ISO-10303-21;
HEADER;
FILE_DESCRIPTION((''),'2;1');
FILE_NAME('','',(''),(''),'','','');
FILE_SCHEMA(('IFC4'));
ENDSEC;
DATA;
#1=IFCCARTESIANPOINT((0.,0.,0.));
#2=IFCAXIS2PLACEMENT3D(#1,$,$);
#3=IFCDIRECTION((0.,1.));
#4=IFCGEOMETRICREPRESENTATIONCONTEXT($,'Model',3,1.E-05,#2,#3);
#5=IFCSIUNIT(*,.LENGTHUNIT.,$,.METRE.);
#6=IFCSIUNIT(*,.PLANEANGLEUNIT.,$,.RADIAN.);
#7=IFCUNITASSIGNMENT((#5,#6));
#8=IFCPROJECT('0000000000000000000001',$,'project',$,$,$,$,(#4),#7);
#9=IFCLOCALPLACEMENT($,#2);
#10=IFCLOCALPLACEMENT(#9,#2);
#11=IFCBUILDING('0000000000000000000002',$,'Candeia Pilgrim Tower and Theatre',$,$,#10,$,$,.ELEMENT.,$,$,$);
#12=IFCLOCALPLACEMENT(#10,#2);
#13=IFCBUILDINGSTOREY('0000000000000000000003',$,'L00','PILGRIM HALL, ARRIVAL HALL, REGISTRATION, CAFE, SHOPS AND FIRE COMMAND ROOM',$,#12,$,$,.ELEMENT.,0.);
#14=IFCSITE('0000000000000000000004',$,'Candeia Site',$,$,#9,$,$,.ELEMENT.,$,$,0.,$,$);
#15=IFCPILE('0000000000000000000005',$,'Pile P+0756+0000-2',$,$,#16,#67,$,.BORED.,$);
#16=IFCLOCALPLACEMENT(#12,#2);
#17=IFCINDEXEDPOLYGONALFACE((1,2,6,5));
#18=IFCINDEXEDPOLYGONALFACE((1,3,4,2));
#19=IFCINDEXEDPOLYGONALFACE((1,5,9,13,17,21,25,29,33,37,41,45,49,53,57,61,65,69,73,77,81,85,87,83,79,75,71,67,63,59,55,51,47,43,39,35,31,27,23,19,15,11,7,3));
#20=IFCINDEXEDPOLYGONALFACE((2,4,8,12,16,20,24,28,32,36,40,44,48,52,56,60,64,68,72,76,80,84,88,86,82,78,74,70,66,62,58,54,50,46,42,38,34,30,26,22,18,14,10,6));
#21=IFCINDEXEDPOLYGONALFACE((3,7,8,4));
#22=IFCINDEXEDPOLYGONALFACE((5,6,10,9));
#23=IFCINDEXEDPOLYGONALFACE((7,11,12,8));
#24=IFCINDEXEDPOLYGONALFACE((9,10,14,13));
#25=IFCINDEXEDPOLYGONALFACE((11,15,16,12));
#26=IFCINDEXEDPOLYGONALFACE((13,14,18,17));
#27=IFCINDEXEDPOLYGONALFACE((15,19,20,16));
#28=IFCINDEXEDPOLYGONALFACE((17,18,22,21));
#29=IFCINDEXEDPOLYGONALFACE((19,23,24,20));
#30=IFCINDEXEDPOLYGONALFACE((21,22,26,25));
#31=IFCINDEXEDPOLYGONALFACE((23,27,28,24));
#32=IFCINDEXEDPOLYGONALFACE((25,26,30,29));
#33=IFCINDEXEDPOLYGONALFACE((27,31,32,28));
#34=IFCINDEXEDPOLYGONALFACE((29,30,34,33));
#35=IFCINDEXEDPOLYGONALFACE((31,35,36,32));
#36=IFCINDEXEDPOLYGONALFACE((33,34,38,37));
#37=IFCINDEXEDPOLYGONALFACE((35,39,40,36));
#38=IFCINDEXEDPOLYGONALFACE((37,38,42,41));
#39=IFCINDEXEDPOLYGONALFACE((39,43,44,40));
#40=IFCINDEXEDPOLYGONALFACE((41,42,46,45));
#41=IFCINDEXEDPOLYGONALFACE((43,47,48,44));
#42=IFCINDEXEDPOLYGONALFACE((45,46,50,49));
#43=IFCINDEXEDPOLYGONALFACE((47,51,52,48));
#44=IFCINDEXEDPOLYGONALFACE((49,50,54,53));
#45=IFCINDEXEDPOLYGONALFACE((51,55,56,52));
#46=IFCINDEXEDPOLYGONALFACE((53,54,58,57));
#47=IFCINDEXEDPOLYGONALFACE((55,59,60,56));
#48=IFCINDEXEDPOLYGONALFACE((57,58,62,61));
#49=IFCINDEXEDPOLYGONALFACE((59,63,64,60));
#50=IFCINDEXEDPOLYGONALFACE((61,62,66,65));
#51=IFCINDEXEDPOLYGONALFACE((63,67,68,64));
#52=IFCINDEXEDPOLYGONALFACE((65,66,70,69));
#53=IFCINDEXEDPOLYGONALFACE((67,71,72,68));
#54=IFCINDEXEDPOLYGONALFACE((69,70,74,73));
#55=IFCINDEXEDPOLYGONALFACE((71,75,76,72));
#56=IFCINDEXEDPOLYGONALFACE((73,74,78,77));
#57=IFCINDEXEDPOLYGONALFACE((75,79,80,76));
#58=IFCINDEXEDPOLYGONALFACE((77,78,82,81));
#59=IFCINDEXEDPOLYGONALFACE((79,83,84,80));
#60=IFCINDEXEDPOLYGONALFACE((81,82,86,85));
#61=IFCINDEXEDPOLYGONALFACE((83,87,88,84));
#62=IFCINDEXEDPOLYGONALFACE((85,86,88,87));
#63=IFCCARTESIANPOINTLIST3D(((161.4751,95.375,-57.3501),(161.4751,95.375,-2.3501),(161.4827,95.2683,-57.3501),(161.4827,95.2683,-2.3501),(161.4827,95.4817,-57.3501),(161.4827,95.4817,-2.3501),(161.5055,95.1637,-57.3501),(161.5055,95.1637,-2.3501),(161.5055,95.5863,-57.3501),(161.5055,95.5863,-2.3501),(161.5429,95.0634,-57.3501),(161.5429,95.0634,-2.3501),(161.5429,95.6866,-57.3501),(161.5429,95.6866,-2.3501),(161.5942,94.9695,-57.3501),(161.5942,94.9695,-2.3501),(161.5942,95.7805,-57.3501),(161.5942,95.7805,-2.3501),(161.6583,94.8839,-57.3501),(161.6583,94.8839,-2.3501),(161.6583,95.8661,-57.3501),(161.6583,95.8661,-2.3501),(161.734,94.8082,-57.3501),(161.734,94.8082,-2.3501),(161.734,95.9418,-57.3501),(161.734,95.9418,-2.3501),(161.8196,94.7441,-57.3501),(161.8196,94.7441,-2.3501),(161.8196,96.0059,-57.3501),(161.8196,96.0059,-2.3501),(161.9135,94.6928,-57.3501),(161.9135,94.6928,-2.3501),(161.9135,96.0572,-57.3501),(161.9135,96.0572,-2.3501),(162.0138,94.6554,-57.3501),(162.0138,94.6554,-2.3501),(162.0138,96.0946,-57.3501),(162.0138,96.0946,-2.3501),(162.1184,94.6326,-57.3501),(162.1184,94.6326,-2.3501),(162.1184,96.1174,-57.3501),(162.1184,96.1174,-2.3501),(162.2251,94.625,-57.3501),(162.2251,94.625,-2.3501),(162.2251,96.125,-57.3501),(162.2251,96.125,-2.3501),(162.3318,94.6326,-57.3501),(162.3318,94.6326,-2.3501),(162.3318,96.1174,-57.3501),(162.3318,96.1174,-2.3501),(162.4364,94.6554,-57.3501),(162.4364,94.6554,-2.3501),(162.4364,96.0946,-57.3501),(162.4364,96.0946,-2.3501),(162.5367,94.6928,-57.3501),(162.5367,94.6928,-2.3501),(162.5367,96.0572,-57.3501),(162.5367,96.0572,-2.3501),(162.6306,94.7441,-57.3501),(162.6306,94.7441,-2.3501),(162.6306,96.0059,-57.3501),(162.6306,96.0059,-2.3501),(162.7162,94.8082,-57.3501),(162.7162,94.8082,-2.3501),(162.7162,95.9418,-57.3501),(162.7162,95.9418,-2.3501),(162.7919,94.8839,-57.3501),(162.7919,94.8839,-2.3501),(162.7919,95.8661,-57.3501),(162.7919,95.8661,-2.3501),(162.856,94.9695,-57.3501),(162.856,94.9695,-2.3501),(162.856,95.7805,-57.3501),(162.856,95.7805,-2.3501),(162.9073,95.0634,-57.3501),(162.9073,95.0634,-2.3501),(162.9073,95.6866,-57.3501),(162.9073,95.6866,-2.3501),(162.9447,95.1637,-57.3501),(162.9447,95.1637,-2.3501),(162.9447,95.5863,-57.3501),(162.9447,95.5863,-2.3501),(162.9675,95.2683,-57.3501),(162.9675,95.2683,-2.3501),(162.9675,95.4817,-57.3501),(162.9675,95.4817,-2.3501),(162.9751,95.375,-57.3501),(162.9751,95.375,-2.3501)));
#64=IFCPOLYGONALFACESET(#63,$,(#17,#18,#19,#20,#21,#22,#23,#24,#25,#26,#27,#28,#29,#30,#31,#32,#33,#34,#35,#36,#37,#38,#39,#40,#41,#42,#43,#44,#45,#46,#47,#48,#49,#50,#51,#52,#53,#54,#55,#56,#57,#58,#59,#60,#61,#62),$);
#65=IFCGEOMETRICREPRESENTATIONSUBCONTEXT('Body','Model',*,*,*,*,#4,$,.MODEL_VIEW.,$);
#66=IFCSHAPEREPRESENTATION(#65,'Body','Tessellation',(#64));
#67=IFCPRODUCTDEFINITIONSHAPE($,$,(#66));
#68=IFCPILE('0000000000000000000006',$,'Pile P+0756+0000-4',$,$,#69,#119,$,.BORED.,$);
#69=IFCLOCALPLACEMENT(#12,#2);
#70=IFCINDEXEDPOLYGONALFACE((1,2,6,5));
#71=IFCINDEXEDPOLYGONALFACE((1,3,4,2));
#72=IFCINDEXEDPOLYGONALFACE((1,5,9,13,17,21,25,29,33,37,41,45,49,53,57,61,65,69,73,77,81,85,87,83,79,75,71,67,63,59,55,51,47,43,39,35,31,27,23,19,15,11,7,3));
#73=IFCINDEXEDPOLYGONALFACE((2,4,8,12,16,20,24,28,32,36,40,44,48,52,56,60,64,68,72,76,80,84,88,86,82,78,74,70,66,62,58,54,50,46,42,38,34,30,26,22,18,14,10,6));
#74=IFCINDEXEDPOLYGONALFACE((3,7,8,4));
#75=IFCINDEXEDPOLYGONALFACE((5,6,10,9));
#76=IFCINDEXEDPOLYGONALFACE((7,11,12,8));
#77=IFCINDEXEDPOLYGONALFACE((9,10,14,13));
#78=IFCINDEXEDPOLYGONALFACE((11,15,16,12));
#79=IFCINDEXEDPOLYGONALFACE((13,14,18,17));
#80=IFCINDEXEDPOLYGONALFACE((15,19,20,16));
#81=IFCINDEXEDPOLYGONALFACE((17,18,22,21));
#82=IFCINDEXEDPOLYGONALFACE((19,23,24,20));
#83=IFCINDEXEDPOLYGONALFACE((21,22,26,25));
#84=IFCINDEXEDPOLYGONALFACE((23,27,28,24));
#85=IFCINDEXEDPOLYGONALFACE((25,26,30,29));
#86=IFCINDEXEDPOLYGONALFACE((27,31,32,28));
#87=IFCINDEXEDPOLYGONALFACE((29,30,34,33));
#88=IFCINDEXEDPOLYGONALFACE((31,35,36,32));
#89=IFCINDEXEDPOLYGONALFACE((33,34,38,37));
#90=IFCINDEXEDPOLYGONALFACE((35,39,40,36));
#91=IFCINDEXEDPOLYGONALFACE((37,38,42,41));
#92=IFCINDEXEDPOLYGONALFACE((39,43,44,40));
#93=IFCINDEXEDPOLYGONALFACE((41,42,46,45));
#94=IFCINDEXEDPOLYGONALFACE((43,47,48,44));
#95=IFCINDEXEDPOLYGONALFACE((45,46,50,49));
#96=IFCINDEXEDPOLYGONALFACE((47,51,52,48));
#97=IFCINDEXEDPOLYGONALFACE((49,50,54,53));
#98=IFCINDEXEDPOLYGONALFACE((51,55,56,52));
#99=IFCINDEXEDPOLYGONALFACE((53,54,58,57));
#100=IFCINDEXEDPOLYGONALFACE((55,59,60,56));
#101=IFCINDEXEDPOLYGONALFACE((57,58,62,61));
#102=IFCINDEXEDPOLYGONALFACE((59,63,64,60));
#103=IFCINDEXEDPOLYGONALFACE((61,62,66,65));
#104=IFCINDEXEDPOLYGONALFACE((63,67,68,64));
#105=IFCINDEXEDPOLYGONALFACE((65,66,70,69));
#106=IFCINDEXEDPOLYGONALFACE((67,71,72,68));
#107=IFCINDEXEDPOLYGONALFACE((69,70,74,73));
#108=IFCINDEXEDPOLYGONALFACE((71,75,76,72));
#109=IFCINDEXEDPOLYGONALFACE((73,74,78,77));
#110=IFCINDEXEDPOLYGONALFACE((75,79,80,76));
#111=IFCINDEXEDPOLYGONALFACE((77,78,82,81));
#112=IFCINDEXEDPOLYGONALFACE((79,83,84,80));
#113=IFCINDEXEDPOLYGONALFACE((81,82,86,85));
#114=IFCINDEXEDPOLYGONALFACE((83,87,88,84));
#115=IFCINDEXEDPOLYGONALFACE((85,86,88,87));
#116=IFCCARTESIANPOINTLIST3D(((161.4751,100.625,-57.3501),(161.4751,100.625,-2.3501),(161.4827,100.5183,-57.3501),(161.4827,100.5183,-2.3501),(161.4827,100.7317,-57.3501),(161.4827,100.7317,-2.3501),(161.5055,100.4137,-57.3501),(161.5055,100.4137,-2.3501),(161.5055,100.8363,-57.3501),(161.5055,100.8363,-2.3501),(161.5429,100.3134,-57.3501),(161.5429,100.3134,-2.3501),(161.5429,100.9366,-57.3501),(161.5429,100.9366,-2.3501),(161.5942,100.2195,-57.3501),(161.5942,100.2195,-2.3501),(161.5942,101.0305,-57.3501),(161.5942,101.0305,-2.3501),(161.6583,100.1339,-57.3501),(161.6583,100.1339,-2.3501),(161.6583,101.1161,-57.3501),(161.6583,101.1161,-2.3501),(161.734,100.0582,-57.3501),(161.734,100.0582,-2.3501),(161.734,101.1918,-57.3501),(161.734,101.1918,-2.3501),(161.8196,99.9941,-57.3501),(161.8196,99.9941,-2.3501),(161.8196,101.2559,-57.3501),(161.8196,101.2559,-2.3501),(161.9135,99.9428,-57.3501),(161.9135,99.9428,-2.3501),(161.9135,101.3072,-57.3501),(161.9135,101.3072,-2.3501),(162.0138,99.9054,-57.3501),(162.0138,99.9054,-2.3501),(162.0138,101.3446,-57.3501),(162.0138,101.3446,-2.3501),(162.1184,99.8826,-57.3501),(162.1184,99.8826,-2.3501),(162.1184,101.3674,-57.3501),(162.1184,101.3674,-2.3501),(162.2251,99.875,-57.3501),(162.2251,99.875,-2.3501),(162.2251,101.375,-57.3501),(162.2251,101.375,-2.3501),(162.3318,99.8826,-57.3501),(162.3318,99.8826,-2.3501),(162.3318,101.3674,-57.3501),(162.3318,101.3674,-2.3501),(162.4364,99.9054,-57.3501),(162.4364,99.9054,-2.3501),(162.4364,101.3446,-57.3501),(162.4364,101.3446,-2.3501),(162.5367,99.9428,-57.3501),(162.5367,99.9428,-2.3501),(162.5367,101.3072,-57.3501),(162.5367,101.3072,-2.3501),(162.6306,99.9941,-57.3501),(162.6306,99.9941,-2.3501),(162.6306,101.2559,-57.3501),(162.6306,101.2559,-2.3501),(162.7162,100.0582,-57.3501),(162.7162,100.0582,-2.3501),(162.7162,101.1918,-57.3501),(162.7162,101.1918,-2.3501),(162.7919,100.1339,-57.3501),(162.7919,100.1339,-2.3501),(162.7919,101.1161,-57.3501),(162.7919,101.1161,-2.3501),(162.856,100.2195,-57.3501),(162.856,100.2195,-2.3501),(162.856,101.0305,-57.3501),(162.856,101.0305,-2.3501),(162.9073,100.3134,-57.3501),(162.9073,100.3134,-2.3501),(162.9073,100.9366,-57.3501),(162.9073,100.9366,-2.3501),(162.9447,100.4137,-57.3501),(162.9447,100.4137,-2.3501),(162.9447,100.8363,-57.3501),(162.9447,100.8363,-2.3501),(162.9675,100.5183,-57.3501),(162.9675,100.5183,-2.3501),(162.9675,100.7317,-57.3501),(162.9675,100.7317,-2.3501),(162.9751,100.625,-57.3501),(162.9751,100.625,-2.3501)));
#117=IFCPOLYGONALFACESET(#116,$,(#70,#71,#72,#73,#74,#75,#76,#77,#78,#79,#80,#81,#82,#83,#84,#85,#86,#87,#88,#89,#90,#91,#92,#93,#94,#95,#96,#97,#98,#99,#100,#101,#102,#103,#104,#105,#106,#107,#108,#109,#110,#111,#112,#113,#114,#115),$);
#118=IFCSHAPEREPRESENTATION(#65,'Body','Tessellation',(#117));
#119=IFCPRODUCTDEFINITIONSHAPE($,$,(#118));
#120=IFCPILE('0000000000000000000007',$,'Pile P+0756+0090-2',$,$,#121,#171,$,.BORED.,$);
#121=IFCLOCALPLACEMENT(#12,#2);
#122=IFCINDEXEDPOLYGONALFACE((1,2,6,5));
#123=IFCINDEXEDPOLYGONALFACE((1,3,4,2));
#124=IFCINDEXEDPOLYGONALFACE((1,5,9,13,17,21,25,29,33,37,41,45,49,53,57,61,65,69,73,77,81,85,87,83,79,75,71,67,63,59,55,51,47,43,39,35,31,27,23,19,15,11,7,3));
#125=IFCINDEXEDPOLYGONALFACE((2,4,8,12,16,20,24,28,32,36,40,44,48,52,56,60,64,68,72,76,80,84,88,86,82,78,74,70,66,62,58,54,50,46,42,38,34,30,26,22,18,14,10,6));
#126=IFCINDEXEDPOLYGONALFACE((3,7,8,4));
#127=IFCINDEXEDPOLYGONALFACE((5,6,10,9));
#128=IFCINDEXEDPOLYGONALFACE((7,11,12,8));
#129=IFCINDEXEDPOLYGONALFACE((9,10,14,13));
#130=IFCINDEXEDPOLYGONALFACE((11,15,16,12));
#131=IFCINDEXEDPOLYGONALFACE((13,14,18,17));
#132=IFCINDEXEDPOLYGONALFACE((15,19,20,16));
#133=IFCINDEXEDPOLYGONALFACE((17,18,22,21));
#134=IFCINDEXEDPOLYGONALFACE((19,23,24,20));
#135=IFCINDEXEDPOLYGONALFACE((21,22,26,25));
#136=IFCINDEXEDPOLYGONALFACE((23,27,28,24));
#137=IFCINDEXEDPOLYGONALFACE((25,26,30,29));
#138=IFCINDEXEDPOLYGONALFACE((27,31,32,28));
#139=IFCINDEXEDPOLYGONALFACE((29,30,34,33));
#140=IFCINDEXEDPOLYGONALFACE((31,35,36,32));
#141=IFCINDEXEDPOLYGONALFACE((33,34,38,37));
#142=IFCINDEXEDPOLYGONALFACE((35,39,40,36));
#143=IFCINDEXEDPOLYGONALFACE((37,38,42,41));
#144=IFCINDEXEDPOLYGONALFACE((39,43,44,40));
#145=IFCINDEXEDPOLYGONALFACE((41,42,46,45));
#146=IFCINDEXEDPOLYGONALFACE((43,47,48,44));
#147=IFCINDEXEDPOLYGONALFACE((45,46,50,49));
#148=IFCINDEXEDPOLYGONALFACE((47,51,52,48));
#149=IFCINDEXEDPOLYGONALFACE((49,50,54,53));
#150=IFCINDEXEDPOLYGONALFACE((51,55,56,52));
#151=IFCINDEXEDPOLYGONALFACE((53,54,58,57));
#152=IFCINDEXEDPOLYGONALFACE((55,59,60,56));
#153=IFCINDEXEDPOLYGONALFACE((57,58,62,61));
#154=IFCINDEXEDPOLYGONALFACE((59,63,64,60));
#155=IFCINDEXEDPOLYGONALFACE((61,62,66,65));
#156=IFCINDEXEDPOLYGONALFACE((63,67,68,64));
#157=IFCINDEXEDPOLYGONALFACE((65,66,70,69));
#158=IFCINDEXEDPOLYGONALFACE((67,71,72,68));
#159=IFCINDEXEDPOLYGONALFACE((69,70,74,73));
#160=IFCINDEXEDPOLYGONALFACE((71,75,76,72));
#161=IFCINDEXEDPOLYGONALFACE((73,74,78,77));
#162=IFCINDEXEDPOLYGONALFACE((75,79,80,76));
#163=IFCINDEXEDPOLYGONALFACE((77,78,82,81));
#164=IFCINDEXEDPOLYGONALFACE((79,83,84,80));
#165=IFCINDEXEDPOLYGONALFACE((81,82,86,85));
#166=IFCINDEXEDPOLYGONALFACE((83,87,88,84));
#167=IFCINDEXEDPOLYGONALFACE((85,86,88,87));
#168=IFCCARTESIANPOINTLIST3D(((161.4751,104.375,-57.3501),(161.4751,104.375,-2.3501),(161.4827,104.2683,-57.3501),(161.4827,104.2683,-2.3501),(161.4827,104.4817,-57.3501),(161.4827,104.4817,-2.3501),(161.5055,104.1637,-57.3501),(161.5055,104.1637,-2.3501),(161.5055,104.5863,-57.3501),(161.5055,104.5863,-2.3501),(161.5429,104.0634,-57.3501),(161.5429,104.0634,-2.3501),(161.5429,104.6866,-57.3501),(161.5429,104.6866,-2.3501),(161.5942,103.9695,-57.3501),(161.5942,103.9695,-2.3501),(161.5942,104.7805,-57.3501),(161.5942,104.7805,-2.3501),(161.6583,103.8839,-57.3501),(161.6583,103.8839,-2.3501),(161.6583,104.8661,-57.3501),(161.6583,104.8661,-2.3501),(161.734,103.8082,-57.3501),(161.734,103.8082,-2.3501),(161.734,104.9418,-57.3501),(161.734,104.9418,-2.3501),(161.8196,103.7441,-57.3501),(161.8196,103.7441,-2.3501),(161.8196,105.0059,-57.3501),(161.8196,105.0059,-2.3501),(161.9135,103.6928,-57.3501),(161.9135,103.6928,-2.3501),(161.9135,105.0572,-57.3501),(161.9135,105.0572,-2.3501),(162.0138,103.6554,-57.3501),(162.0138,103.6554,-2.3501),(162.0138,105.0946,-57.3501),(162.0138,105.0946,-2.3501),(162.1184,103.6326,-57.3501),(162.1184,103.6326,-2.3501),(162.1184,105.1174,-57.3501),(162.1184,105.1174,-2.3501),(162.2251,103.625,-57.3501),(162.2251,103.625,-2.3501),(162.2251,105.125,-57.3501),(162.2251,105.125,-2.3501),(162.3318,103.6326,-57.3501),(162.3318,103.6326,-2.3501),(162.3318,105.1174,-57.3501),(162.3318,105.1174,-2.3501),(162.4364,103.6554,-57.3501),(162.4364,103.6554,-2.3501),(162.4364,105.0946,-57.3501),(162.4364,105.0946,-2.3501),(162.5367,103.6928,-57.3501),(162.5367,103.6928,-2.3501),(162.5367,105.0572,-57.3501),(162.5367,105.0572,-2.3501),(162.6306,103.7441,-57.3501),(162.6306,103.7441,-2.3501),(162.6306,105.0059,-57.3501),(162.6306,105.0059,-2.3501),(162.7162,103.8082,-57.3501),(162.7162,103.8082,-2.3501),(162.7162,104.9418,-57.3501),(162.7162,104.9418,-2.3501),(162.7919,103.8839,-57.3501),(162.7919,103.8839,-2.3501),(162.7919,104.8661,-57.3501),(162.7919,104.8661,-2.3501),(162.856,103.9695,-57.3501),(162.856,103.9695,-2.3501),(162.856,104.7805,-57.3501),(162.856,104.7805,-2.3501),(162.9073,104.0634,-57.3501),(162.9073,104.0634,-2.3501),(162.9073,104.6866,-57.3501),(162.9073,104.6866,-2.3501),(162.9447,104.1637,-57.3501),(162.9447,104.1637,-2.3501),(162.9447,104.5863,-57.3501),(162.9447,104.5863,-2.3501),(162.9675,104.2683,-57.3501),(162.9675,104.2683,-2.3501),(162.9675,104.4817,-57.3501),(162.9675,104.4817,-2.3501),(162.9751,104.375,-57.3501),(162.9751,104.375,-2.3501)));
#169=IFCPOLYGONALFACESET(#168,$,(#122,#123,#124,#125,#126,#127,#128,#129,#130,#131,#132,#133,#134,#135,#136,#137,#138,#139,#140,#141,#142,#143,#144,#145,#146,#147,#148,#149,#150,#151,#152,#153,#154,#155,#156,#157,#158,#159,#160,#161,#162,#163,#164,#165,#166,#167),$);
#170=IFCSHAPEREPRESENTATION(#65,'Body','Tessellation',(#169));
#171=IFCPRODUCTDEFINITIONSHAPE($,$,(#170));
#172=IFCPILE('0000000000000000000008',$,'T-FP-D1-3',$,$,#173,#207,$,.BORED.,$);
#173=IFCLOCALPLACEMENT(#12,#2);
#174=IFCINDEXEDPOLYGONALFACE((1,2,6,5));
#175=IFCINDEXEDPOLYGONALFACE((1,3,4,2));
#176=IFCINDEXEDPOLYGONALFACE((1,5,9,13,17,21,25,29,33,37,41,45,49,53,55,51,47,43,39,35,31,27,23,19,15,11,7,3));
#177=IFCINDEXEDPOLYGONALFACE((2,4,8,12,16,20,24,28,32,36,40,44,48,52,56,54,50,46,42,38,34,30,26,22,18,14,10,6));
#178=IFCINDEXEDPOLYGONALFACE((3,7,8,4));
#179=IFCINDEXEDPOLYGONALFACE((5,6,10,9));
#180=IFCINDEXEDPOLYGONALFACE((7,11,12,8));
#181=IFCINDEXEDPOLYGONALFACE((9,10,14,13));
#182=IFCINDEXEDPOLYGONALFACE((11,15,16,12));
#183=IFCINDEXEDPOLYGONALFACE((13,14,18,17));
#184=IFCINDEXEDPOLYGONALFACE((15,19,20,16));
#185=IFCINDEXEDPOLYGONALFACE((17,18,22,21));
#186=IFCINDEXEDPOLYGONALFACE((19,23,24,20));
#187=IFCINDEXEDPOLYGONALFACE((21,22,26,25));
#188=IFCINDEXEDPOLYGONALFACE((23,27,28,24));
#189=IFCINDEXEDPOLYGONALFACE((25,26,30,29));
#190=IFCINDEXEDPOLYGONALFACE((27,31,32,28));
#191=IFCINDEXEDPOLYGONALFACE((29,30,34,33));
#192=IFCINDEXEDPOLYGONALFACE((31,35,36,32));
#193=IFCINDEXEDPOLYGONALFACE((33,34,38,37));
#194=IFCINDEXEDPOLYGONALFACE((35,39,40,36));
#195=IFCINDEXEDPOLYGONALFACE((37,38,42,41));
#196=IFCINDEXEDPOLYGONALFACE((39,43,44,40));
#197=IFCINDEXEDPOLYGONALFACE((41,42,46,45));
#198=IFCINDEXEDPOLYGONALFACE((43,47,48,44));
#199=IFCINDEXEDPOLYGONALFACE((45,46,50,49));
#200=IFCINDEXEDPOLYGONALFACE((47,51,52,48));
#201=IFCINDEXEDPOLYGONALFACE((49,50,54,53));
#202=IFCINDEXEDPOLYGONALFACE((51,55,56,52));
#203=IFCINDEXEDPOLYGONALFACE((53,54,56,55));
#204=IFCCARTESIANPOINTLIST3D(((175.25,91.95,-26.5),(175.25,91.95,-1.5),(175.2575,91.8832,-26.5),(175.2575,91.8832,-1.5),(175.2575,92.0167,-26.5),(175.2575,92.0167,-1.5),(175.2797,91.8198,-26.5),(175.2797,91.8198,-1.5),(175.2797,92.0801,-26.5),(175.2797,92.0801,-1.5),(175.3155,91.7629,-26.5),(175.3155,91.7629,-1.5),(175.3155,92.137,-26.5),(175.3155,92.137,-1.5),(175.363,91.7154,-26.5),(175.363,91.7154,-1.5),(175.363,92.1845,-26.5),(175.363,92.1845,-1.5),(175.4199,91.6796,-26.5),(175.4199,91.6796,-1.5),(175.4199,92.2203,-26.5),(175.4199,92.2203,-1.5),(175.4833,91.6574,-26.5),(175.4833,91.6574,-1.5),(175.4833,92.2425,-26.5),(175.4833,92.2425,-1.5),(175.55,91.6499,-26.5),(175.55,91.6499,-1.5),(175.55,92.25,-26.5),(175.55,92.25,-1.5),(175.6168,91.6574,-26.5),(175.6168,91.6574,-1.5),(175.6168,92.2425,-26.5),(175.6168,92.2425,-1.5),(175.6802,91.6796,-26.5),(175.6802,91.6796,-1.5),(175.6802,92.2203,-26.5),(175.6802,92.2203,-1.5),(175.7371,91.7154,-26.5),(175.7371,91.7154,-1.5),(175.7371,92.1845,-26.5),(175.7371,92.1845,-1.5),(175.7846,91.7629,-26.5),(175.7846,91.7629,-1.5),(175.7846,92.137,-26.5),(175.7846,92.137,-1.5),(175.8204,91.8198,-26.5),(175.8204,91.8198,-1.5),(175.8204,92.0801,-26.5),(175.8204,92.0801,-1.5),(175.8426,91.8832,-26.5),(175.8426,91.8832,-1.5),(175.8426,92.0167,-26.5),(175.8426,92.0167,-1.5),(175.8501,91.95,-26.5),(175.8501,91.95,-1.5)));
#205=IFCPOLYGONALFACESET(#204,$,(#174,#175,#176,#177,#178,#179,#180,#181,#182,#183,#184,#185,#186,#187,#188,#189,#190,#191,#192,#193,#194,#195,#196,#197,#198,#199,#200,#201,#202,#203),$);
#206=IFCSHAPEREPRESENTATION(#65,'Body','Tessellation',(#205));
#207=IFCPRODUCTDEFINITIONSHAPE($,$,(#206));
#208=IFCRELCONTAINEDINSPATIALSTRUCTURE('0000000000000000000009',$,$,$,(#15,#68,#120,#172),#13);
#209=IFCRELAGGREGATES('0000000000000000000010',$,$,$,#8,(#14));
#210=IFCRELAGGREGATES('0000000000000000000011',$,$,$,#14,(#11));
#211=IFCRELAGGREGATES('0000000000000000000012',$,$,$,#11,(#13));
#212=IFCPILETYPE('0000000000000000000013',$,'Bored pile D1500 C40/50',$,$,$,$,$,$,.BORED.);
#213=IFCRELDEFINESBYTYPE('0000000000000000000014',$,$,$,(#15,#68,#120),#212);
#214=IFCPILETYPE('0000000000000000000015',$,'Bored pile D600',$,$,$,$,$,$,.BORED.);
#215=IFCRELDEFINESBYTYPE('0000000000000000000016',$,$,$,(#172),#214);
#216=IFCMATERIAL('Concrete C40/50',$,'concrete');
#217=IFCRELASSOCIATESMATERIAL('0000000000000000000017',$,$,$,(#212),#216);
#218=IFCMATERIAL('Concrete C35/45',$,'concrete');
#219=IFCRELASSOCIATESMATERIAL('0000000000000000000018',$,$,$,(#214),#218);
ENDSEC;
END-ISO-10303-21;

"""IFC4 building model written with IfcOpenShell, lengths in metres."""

from ifc_helpers import new_model, si_unit, direction, frame, origin, origin_2d, place, context, subcontext, project, spatial, circle, extrude, material, material_profile, profile_set, type_object, element, save


model = new_model("IFC4")

# Units and contexts
model_context = context("Model", 3, precision=1e-05, world=origin(), true_north=direction((0.0, 1.0)))
body_context = subcontext(model_context, "Body", "Model", "MODEL_VIEW")
ifc_project = project(units=[si_unit("LENGTHUNIT", "METRE"), si_unit("PLANEANGLEUNIT", "RADIAN")], contexts=[model_context])

# Site, building, storey
site_placement = place(None, origin())
site = spatial("IfcSite", under=ifc_project, at=site_placement, Name="Candeia Site", CompositionType="ELEMENT", RefElevation=0.0)
building_placement = place(site_placement, origin())
building = spatial("IfcBuilding", under=site, at=building_placement, Name="Candeia Pilgrim Tower and Theatre", CompositionType="ELEMENT")
storey_placement = place(building_placement, origin())
storey = spatial("IfcBuildingStorey", under=building, at=storey_placement, Name="L00", Description="PILGRIM HALL, ARRIVAL HALL, REGISTRATION, CAFE, SHOPS AND FIRE COMMAND ROOM", CompositionType="ELEMENT", Elevation=0.0)

# Piles
ifc_material_1 = material(Name="Concrete C40/50", Category="concrete")
ifc_material_profile_1 = material_profile(ifc_material_1, circle(Radius=0.75, at=origin_2d()))
ifc_profile_set_1 = profile_set([ifc_material_profile_1], Name="Concrete C40/50")
pile_type_1 = type_object("IfcPileType", Name="Bored pile D1500 C40/50", PredefinedType="BORED", material=ifc_profile_set_1)
for number, where, z_axis, x_axis, name in (
    (1, (162.2251, 95.375, -2.3501), (0.0, 0.0, -1.0), (1.0, 0.0, 0.0), "Pile P+0756+0000-2"),
    (2, (162.2251, 100.625, -2.3501), (0.0, 0.0, -1.0), (1.0, 0.0, 0.0), "Pile P+0756+0000-4"),
    (3, (162.2251, 104.375, -2.3501), (0.0, 0.0, -1.0), (1.0, 0.0, 0.0), "Pile P+0756+0090-2"),
):
    element("IfcPile", number, at=place(storey_placement, frame(where, z_axis=z_axis, x_axis=x_axis)), inside=storey, type_object=pile_type_1, Name=name, PredefinedType="BORED", context=body_context, shape_type="SweptSolid", body=[
        extrude(circle(Radius=0.75, at=origin_2d()), origin(), (0.0, 0.0, 1.0), 55.0),
    ])
ifc_material_2 = material(Name="Concrete C35/45", Category="concrete")
pile_type_2 = type_object("IfcPileType", Name="Bored pile D600", PredefinedType="BORED", material=ifc_material_2)
for number, where, z_axis, x_axis, name in (
    (4, (175.55, 91.95, -1.5), (0.0, 0.0, -1.0), (1.0, 0.0, 0.0), "T-FP-D1-3"),
):
    element("IfcPile", number, at=place(storey_placement, frame(where, z_axis=z_axis, x_axis=x_axis)), inside=storey, type_object=pile_type_2, Name=name, PredefinedType="BORED", context=body_context, shape_type="SweptSolid", body=[
        extrude(circle(Radius=0.3, at=origin_2d()), origin(), (0.0, 0.0, 1.0), 25.0),
    ])

save(model, "model.ifc")
